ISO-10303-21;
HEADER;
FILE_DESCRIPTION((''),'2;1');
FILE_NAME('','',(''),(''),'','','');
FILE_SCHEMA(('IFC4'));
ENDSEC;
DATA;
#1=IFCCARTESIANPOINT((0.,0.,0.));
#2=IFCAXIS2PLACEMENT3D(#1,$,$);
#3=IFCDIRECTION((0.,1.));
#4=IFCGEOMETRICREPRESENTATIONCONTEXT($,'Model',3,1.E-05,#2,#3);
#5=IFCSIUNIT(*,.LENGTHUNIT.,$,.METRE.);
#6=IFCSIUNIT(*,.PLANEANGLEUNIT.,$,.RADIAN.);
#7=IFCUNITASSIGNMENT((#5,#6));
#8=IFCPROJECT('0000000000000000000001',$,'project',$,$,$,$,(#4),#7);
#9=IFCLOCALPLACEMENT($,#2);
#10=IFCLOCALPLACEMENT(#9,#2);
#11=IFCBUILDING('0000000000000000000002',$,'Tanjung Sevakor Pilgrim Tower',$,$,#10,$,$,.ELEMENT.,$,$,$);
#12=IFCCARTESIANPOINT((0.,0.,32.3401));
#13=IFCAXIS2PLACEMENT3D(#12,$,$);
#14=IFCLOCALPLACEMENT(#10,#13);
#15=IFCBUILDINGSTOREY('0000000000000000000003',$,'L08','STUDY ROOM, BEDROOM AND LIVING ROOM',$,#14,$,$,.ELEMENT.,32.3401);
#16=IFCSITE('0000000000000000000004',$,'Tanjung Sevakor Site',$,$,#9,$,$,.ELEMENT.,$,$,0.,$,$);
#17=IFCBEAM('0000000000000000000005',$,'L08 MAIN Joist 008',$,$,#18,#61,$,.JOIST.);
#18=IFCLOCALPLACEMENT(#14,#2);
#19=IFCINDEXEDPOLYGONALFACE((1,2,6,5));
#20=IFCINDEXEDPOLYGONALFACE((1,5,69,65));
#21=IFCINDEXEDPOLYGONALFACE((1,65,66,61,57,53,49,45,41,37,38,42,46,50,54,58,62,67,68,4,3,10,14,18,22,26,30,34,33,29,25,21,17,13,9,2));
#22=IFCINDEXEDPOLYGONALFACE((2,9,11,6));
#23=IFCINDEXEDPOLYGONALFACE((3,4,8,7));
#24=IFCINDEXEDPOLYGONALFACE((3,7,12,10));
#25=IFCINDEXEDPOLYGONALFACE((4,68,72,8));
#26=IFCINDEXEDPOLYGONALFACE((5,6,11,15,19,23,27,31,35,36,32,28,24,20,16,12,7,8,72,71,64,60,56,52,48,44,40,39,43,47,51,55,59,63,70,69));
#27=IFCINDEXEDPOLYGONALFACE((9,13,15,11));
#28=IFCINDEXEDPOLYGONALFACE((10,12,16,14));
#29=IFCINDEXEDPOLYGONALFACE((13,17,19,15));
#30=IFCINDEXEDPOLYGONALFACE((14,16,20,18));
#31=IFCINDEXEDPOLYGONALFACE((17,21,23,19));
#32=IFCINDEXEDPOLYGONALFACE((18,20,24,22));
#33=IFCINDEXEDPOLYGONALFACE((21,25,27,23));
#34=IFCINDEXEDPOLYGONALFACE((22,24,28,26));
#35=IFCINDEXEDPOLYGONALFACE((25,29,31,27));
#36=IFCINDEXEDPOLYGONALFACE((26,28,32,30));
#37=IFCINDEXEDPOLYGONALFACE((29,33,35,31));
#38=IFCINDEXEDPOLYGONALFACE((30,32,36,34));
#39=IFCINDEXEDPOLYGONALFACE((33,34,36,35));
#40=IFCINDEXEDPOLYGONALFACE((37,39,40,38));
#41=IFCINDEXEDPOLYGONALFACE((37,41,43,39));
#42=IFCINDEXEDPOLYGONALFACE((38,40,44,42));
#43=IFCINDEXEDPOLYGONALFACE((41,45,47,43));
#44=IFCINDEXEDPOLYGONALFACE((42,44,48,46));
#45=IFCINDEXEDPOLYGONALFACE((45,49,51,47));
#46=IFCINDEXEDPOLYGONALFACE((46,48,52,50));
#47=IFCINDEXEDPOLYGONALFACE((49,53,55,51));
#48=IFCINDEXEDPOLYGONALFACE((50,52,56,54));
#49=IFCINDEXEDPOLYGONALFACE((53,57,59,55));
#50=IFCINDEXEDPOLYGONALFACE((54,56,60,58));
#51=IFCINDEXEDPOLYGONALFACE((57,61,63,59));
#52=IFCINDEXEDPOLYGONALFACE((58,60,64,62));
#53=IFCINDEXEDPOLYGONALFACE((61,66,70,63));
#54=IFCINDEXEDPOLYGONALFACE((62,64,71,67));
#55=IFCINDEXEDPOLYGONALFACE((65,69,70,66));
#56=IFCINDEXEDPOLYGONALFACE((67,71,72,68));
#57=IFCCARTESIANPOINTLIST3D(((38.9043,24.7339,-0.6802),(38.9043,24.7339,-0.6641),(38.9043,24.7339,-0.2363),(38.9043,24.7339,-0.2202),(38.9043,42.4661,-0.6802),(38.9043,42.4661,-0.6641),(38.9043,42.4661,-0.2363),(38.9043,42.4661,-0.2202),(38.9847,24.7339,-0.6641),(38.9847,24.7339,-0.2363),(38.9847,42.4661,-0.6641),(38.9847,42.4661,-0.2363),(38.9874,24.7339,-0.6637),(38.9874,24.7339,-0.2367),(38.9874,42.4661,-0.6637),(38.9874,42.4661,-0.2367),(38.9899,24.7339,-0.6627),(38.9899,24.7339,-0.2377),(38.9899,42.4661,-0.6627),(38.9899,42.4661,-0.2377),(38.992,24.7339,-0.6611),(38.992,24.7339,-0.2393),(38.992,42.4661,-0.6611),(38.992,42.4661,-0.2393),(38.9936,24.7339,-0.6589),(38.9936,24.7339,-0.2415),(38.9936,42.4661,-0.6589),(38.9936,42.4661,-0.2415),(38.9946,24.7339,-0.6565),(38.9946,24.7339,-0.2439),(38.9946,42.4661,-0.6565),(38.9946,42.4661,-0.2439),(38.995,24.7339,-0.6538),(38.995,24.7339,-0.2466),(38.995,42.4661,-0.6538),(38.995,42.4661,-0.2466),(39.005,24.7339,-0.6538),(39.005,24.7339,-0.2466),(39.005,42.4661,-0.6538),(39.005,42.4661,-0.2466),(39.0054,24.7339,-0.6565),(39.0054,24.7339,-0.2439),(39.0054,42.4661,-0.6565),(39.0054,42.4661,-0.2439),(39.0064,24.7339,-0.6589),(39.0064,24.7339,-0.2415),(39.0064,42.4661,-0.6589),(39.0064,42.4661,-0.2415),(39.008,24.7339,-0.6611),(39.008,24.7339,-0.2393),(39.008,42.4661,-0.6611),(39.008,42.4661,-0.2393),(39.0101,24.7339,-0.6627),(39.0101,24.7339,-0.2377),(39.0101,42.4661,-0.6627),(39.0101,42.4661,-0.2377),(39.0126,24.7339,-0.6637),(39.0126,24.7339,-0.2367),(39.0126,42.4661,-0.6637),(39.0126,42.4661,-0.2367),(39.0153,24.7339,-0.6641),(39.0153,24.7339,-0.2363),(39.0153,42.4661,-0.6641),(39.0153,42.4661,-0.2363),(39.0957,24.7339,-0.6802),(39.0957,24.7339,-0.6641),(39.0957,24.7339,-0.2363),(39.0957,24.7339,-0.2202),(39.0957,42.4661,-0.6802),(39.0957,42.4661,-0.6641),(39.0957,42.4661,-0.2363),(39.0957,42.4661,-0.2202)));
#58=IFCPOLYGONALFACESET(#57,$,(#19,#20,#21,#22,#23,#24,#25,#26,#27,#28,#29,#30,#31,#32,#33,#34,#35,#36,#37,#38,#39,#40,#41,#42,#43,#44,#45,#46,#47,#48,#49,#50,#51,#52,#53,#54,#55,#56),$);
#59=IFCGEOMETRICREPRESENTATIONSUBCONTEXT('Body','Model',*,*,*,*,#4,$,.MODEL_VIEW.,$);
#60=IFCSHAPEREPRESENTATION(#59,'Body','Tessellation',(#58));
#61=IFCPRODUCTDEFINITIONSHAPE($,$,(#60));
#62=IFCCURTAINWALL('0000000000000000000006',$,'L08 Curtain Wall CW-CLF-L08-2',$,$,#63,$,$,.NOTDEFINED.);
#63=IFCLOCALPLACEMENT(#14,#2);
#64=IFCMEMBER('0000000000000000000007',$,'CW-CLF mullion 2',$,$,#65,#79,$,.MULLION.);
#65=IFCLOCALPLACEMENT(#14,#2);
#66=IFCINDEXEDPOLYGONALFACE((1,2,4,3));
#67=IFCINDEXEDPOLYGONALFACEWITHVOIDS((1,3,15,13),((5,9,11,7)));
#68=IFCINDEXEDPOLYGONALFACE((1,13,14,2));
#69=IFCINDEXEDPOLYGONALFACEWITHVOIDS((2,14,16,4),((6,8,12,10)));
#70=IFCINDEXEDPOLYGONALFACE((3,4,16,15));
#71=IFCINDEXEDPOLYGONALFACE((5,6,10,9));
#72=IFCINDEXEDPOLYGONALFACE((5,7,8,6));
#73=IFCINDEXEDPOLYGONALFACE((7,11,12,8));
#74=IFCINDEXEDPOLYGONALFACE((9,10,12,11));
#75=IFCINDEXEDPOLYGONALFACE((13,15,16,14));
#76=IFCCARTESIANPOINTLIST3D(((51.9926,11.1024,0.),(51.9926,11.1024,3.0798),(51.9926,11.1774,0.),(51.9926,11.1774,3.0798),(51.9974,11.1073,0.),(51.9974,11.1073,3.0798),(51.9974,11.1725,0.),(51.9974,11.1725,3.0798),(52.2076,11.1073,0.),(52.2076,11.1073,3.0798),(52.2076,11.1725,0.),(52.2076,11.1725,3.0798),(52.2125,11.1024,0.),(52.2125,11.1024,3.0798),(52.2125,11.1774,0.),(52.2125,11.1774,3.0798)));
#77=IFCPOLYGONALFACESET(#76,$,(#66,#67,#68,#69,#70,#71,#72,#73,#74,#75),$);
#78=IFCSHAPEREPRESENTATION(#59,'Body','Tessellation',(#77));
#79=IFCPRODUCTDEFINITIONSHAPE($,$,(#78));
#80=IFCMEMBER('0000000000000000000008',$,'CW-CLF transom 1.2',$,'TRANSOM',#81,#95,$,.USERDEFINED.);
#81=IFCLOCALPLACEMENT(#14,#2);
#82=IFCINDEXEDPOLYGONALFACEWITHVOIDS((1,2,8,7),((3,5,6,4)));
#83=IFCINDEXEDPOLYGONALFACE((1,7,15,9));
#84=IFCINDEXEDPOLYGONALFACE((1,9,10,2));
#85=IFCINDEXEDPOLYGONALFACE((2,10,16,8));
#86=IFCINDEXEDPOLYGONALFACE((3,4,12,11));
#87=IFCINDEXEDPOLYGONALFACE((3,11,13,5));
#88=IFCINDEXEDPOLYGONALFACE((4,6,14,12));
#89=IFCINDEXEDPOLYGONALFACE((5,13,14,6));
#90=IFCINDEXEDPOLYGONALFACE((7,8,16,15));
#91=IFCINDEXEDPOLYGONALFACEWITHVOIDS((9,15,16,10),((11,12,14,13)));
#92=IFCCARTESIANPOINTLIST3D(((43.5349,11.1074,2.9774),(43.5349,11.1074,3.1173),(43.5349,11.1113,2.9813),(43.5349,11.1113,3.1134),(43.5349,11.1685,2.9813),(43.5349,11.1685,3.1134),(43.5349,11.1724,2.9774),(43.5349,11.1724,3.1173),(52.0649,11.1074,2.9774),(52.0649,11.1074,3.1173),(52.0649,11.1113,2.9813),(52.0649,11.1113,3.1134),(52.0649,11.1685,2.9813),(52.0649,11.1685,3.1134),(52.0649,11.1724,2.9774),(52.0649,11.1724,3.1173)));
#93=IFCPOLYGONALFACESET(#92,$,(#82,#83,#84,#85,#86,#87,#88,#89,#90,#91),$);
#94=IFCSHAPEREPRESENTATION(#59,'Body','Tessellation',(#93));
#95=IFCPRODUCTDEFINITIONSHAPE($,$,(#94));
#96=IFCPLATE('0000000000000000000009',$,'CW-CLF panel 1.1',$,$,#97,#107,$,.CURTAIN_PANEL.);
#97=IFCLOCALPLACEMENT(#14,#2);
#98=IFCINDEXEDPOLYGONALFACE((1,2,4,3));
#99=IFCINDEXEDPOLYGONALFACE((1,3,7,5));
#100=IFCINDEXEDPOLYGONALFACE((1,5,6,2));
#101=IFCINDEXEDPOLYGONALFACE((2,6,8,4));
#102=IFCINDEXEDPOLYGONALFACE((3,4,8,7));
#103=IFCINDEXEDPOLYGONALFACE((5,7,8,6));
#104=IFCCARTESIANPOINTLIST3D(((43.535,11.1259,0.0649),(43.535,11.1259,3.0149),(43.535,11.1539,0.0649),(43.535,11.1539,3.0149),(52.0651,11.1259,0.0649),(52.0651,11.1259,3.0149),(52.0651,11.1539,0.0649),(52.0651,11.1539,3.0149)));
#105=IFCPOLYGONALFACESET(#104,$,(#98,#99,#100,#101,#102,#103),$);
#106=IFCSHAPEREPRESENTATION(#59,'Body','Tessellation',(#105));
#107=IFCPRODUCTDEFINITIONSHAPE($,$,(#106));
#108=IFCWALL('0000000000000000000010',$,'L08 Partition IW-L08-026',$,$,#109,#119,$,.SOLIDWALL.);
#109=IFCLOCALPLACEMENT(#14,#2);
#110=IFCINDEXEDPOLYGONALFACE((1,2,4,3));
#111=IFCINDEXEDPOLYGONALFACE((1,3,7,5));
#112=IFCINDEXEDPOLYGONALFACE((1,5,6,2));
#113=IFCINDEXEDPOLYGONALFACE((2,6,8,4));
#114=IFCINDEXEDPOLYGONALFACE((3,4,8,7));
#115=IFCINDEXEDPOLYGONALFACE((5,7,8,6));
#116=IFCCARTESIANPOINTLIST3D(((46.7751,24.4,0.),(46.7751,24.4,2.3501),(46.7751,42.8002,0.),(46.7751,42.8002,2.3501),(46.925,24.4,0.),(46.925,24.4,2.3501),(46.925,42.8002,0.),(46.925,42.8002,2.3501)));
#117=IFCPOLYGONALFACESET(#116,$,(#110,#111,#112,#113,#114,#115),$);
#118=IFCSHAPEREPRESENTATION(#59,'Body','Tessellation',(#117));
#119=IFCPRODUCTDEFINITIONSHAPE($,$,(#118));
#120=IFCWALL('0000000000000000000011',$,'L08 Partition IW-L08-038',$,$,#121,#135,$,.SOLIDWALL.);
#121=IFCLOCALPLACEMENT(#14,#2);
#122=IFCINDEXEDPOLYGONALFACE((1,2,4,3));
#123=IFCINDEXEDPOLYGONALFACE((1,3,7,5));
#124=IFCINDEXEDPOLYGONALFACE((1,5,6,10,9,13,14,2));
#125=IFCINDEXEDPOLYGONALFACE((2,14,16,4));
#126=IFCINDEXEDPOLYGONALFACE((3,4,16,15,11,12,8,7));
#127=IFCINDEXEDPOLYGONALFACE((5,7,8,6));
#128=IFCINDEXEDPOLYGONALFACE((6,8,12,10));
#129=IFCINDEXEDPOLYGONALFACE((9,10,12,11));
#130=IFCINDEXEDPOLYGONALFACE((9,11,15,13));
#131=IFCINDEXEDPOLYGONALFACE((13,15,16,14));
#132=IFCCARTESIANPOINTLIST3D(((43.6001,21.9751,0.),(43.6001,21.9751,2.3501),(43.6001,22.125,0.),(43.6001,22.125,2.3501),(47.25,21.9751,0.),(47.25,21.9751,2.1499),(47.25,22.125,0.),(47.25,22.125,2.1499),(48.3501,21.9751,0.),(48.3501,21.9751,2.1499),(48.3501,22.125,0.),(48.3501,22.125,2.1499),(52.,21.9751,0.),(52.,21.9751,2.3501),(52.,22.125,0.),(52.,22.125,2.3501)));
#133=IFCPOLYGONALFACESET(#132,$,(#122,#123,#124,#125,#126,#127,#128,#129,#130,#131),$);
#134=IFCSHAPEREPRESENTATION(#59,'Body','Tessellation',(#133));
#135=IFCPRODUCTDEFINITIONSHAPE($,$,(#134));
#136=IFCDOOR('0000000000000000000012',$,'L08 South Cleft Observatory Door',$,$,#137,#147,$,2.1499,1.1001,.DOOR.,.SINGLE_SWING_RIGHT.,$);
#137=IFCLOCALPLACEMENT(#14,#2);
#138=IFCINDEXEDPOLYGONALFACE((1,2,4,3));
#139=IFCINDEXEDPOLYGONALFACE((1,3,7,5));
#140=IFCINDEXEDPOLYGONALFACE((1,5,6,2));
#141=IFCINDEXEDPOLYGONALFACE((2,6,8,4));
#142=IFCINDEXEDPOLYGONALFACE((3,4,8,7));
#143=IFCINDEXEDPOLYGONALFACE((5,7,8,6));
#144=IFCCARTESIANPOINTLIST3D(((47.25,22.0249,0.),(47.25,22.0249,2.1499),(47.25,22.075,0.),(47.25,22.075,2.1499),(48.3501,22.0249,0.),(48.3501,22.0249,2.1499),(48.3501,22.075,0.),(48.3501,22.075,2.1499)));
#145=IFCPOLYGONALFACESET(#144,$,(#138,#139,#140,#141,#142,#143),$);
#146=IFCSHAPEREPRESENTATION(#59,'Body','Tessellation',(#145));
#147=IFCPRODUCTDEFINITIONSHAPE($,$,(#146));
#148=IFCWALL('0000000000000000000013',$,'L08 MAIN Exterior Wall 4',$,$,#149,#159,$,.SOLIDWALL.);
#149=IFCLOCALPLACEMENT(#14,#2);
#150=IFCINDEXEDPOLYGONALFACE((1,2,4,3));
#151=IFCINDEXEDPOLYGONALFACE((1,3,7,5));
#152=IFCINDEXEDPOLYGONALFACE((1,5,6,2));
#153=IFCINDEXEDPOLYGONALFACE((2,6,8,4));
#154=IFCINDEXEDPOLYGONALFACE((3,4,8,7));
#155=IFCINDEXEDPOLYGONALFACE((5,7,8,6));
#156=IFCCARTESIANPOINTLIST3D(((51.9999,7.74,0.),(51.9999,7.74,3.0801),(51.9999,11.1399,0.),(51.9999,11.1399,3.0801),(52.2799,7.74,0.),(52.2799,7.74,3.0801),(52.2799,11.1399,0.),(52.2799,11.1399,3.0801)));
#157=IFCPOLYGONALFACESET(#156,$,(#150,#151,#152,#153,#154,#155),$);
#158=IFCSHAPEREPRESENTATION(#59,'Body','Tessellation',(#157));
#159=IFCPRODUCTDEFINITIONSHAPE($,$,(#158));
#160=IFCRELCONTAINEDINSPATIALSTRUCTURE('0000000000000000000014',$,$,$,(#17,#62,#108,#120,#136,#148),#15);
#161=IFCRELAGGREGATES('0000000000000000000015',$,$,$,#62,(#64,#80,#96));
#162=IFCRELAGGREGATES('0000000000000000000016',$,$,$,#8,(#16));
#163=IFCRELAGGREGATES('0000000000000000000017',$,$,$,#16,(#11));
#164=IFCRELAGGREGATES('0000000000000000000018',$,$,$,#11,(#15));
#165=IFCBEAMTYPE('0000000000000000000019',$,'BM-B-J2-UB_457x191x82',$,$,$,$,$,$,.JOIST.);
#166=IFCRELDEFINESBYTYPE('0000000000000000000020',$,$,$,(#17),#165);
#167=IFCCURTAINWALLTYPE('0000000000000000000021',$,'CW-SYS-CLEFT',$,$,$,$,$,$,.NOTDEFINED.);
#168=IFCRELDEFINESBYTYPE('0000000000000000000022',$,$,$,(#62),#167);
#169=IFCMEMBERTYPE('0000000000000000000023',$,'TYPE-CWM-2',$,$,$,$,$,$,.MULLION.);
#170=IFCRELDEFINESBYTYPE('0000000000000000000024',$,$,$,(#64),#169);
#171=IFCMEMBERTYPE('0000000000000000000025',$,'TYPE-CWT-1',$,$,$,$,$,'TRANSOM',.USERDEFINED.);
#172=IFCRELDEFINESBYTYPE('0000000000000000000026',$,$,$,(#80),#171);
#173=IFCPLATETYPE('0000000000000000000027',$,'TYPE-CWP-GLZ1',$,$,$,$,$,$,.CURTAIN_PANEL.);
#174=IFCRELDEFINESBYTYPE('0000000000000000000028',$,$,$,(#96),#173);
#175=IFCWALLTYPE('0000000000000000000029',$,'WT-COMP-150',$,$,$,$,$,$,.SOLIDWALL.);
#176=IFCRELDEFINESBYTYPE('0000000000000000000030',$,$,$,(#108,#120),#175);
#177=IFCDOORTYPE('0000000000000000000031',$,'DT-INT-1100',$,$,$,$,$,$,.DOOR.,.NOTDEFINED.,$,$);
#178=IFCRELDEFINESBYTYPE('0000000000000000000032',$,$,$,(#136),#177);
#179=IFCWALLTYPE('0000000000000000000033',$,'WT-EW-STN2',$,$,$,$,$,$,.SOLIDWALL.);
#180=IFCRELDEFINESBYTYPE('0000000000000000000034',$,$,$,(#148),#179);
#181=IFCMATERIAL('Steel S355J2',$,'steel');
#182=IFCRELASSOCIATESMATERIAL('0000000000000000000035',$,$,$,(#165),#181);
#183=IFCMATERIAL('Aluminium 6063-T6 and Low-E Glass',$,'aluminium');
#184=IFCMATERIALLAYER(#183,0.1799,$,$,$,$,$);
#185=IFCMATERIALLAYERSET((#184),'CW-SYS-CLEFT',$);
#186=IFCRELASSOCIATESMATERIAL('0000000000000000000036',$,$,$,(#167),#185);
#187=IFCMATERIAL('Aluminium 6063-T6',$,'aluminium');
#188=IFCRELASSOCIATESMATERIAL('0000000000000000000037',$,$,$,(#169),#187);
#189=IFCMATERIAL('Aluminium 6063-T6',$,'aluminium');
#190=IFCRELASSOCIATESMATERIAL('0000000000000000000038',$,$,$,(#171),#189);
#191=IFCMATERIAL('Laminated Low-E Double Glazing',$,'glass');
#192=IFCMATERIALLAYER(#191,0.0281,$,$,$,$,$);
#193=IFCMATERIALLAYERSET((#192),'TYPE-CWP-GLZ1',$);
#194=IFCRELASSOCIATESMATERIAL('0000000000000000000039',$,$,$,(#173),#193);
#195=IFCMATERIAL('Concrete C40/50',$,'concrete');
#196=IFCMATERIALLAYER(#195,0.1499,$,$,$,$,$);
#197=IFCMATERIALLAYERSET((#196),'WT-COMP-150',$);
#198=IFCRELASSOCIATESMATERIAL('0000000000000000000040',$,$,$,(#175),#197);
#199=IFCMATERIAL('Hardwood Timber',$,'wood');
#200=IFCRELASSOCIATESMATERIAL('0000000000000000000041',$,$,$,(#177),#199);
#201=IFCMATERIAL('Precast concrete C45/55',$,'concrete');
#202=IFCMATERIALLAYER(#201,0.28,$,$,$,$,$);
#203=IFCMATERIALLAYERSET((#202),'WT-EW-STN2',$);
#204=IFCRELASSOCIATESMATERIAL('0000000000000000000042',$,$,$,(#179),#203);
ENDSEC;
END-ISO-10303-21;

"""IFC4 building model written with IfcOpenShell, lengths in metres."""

from ifc_helpers import new_model, si_unit, direction, frame, frame_2d, origin, origin_2d, place, context, subcontext, project, spatial, rectangle, hollow_rectangle, i_section, extrude, material, layer, layer_set, material_profile, profile_set, type_object, element, fill, aggregate, save


model = new_model("IFC4")

# Units and contexts
model_context = context("Model", 3, precision=1e-05, world=origin(), true_north=direction((0.0, 1.0)))
body_context = subcontext(model_context, "Body", "Model", "MODEL_VIEW")
ifc_project = project(units=[si_unit("LENGTHUNIT", "METRE"), si_unit("PLANEANGLEUNIT", "RADIAN")], contexts=[model_context])

# Site, building, storey
site_placement = place(None, origin())
site = spatial("IfcSite", under=ifc_project, at=site_placement, Name="Tanjung Sevakor Site", CompositionType="ELEMENT", RefElevation=0.0)
building_placement = place(site_placement, origin())
building = spatial("IfcBuilding", under=site, at=building_placement, Name="Tanjung Sevakor Pilgrim Tower", CompositionType="ELEMENT")
storey_placement = place(building_placement, frame((0.0, 0.0, 32.3401)))
storey = spatial("IfcBuildingStorey", under=building, at=storey_placement, Name="L08", Description="STUDY ROOM, BEDROOM AND LIVING ROOM", CompositionType="ELEMENT", Elevation=32.3401)

# Beam
ifc_material_1 = material(Name="Steel S355J2", Category="steel")
ifc_material_profile_1 = material_profile(ifc_material_1, i_section(OverallWidth=0.1914, OverallDepth=0.46, WebThickness=0.01, FlangeThickness=0.0161, FilletRadius=0.0103, at=origin_2d()))
ifc_profile_set_1 = profile_set([ifc_material_profile_1], Name="Steel S355J2")
beam_type_1 = type_object("IfcBeamType", Name="BM-B-J2-UB_457x191x82", PredefinedType="JOIST", material=ifc_profile_set_1)
beam_1_placement = place(storey_placement, frame((39.0, 24.7339, -0.4502), z_axis=(0.0, 1.0, 0.0), x_axis=(-1.0, 0.0, 0.0)))
element("IfcBeam", 1, at=beam_1_placement, inside=storey, type_object=beam_type_1, Name="L08 MAIN Joist 008", PredefinedType="JOIST", context=body_context, shape_type="SweptSolid", body=[
    extrude(i_section(OverallWidth=0.1914, OverallDepth=0.46, WebThickness=0.01, FlangeThickness=0.0161, FilletRadius=0.0103, at=origin_2d()), origin(), (0.0, 0.0, 1.0), 17.7322),
])

# Curtain wall, members, plate
ifc_material_2 = material(Name="Aluminium 6063-T6 and Low-E Glass", Category="aluminium")
ifc_layer_1 = layer(ifc_material_2, 0.1799)
ifc_layer_set_1 = layer_set([ifc_layer_1], Name="CW-SYS-CLEFT")
curtain_wall_type = type_object("IfcCurtainWallType", Name="CW-SYS-CLEFT", PredefinedType="NOTDEFINED", material=ifc_layer_set_1)
curtain_wall_placement = place(storey_placement, origin())
curtain_wall = element("IfcCurtainWall", 2, at=curtain_wall_placement, inside=storey, type_object=curtain_wall_type, Name="L08 Curtain Wall CW-CLF-L08-2", PredefinedType="NOTDEFINED")
ifc_material_3 = material(Name="Aluminium 6063-T6", Category="aluminium")
ifc_material_profile_2 = material_profile(ifc_material_3, hollow_rectangle(XDim=0.075, YDim=0.22, WallThickness=0.0049, at=origin_2d()))
ifc_profile_set_2 = profile_set([ifc_material_profile_2], Name="Aluminium 6063-T6")
member_type_1 = type_object("IfcMemberType", Name="TYPE-CWM-2", PredefinedType="MULLION", material=ifc_profile_set_2)
member_1_placement = place(storey_placement, frame((52.1025, 11.1399, 0.0), z_axis=(0.0, 0.0, 1.0), x_axis=(0.0, 1.0, 0.0)))
member_1 = element("IfcMember", 3, at=member_1_placement, type_object=member_type_1, Name="CW-CLF mullion 2", PredefinedType="MULLION", context=body_context, shape_type="SweptSolid", body=[
    extrude(hollow_rectangle(XDim=0.075, YDim=0.22, WallThickness=0.0049, at=origin_2d()), origin(), (0.0, 0.0, 1.0), 3.0798),
])
ifc_material_4 = material(Name="Aluminium 6063-T6", Category="aluminium")
ifc_material_profile_3 = material_profile(ifc_material_4, hollow_rectangle(XDim=0.0649, YDim=0.1399, WallThickness=0.0039, at=origin_2d()))
ifc_profile_set_3 = profile_set([ifc_material_profile_3], Name="Aluminium 6063-T6")
member_type_2 = type_object("IfcMemberType", Name="TYPE-CWT-1", ElementType="TRANSOM", PredefinedType="USERDEFINED", material=ifc_profile_set_3)
member_2_placement = place(storey_placement, frame((43.5349, 11.1399, 3.0474), z_axis=(1.0, 0.0, 0.0), x_axis=(0.0, 1.0, 0.0)))
member_2 = element("IfcMember", 4, at=member_2_placement, type_object=member_type_2, Name="CW-CLF transom 1.2", ObjectType="TRANSOM", PredefinedType="USERDEFINED", context=body_context, shape_type="SweptSolid", body=[
    extrude(hollow_rectangle(XDim=0.0649, YDim=0.1399, WallThickness=0.0039, at=origin_2d()), origin(), (0.0, 0.0, 1.0), 8.53),
])
ifc_material_5 = material(Name="Laminated Low-E Double Glazing", Category="glass")
ifc_layer_2 = layer(ifc_material_5, 0.0281)
ifc_layer_set_2 = layer_set([ifc_layer_2], Name="TYPE-CWP-GLZ1")
plate_type = type_object("IfcPlateType", Name="TYPE-CWP-GLZ1", PredefinedType="CURTAIN_PANEL", material=ifc_layer_set_2)
plate_placement = place(storey_placement, frame((47.8, 11.1399, 0.0649), z_axis=(0.0, 0.0, 1.0), x_axis=(1.0, 0.0, 0.0)))
plate = element("IfcPlate", 5, at=plate_placement, type_object=plate_type, Name="CW-CLF panel 1.1", PredefinedType="CURTAIN_PANEL", context=body_context, shape_type="SweptSolid", body=[
    extrude(rectangle(XDim=8.53, YDim=0.0281, at=origin_2d()), origin(), (0.0, 0.0, 1.0), 2.95),
])
aggregate(curtain_wall, [member_1, member_2, plate])

# Wall
ifc_material_6 = material(Name="Concrete C40/50", Category="concrete")
ifc_layer_3 = layer(ifc_material_6, 0.1499)
ifc_layer_set_3 = layer_set([ifc_layer_3], Name="WT-COMP-150")
wall_type_1 = type_object("IfcWallType", Name="WT-COMP-150", PredefinedType="SOLIDWALL", material=ifc_layer_set_3)
wall_1_placement = place(storey_placement, frame((46.8501, 24.3999, 0.0), z_axis=(0.0, 0.0, 1.0), x_axis=(0.0, 1.0, 0.0)))
element("IfcWall", 6, at=wall_1_placement, inside=storey, type_object=wall_type_1, Name="L08 Partition IW-L08-026", PredefinedType="SOLIDWALL", context=body_context, shape_type="SweptSolid", body=[
    extrude(rectangle(XDim=18.4001, YDim=0.1499, at=frame_2d((9.2002, 0.0))), origin(), (0.0, 0.0, 1.0), 2.3501),
])

# Wall, opening, door
wall_2_placement = place(storey_placement, frame((43.6001, 22.05, 0.0), z_axis=(0.0, 0.0, 1.0), x_axis=(1.0, 0.0, 0.0)))
wall_2 = element("IfcWall", 7, at=wall_2_placement, inside=storey, type_object=wall_type_1, Name="L08 Partition IW-L08-038", PredefinedType="SOLIDWALL", context=body_context, shape_type="SweptSolid", body=[
    extrude(rectangle(XDim=8.3999, YDim=0.1499, at=frame_2d((4.2, 0.0))), origin(), (0.0, 0.0, 1.0), 2.3501),
])
opening_1_placement = place(wall_2_placement, frame((3.6499, 0.0, 0.0)))
opening_1 = element("IfcOpeningElement", 8, at=opening_1_placement, cuts=wall_2, PredefinedType="OPENING", context=body_context, shape_type="SweptSolid", body=[
    extrude(rectangle(XDim=1.1001, YDim=2.1499, at=frame_2d((0.55, 1.075))), frame((0.0, 0.085, 0.0), z_axis=(0.0, -1.0, 0.0), x_axis=(1.0, 0.0, 0.0)), (0.0, 0.0, 1.0), 0.1699),
])
ifc_material_7 = material(Name="Hardwood Timber", Category="wood")
door_type_1 = type_object("IfcDoorType", Name="DT-INT-1100", OperationType="NOTDEFINED", PredefinedType="DOOR", material=ifc_material_7)
door_1_placement = place(opening_1_placement, origin())
door_1 = element("IfcDoor", 9, at=door_1_placement, inside=storey, type_object=door_type_1, Name="L08 South Cleft Observatory Door", OperationType="SINGLE_SWING_RIGHT", OverallHeight=2.1499, OverallWidth=1.1001, PredefinedType="DOOR", context=body_context, shape_type="SweptSolid", body=[
    extrude(rectangle(XDim=1.1001, YDim=2.1499, at=frame_2d((0.55, 1.075))), frame((0.0, 0.0249, 0.0), z_axis=(0.0, -1.0, 0.0), x_axis=(1.0, 0.0, 0.0)), (0.0, 0.0, 1.0), 0.05),
])
fill(opening_1, door_1)

# Wall
ifc_material_8 = material(Name="Precast concrete C45/55", Category="concrete")
ifc_layer_4 = layer(ifc_material_8, 0.28)
ifc_layer_set_4 = layer_set([ifc_layer_4], Name="WT-EW-STN2")
wall_type_2 = type_object("IfcWallType", Name="WT-EW-STN2", PredefinedType="SOLIDWALL", material=ifc_layer_set_4)
wall_3_placement = place(storey_placement, frame((52.1399, 11.1399, 0.0), z_axis=(0.0, 0.0, 1.0), x_axis=(0.0, -1.0, 0.0)))
element("IfcWall", 10, at=wall_3_placement, inside=storey, type_object=wall_type_2, Name="L08 MAIN Exterior Wall 4", PredefinedType="SOLIDWALL", context=body_context, shape_type="SweptSolid", body=[
    extrude(rectangle(XDim=3.3999, YDim=0.28, at=frame_2d((1.7, 0.0))), origin(), (0.0, 0.0, 1.0), 3.0801),
])

save(model, "model.ifc")
